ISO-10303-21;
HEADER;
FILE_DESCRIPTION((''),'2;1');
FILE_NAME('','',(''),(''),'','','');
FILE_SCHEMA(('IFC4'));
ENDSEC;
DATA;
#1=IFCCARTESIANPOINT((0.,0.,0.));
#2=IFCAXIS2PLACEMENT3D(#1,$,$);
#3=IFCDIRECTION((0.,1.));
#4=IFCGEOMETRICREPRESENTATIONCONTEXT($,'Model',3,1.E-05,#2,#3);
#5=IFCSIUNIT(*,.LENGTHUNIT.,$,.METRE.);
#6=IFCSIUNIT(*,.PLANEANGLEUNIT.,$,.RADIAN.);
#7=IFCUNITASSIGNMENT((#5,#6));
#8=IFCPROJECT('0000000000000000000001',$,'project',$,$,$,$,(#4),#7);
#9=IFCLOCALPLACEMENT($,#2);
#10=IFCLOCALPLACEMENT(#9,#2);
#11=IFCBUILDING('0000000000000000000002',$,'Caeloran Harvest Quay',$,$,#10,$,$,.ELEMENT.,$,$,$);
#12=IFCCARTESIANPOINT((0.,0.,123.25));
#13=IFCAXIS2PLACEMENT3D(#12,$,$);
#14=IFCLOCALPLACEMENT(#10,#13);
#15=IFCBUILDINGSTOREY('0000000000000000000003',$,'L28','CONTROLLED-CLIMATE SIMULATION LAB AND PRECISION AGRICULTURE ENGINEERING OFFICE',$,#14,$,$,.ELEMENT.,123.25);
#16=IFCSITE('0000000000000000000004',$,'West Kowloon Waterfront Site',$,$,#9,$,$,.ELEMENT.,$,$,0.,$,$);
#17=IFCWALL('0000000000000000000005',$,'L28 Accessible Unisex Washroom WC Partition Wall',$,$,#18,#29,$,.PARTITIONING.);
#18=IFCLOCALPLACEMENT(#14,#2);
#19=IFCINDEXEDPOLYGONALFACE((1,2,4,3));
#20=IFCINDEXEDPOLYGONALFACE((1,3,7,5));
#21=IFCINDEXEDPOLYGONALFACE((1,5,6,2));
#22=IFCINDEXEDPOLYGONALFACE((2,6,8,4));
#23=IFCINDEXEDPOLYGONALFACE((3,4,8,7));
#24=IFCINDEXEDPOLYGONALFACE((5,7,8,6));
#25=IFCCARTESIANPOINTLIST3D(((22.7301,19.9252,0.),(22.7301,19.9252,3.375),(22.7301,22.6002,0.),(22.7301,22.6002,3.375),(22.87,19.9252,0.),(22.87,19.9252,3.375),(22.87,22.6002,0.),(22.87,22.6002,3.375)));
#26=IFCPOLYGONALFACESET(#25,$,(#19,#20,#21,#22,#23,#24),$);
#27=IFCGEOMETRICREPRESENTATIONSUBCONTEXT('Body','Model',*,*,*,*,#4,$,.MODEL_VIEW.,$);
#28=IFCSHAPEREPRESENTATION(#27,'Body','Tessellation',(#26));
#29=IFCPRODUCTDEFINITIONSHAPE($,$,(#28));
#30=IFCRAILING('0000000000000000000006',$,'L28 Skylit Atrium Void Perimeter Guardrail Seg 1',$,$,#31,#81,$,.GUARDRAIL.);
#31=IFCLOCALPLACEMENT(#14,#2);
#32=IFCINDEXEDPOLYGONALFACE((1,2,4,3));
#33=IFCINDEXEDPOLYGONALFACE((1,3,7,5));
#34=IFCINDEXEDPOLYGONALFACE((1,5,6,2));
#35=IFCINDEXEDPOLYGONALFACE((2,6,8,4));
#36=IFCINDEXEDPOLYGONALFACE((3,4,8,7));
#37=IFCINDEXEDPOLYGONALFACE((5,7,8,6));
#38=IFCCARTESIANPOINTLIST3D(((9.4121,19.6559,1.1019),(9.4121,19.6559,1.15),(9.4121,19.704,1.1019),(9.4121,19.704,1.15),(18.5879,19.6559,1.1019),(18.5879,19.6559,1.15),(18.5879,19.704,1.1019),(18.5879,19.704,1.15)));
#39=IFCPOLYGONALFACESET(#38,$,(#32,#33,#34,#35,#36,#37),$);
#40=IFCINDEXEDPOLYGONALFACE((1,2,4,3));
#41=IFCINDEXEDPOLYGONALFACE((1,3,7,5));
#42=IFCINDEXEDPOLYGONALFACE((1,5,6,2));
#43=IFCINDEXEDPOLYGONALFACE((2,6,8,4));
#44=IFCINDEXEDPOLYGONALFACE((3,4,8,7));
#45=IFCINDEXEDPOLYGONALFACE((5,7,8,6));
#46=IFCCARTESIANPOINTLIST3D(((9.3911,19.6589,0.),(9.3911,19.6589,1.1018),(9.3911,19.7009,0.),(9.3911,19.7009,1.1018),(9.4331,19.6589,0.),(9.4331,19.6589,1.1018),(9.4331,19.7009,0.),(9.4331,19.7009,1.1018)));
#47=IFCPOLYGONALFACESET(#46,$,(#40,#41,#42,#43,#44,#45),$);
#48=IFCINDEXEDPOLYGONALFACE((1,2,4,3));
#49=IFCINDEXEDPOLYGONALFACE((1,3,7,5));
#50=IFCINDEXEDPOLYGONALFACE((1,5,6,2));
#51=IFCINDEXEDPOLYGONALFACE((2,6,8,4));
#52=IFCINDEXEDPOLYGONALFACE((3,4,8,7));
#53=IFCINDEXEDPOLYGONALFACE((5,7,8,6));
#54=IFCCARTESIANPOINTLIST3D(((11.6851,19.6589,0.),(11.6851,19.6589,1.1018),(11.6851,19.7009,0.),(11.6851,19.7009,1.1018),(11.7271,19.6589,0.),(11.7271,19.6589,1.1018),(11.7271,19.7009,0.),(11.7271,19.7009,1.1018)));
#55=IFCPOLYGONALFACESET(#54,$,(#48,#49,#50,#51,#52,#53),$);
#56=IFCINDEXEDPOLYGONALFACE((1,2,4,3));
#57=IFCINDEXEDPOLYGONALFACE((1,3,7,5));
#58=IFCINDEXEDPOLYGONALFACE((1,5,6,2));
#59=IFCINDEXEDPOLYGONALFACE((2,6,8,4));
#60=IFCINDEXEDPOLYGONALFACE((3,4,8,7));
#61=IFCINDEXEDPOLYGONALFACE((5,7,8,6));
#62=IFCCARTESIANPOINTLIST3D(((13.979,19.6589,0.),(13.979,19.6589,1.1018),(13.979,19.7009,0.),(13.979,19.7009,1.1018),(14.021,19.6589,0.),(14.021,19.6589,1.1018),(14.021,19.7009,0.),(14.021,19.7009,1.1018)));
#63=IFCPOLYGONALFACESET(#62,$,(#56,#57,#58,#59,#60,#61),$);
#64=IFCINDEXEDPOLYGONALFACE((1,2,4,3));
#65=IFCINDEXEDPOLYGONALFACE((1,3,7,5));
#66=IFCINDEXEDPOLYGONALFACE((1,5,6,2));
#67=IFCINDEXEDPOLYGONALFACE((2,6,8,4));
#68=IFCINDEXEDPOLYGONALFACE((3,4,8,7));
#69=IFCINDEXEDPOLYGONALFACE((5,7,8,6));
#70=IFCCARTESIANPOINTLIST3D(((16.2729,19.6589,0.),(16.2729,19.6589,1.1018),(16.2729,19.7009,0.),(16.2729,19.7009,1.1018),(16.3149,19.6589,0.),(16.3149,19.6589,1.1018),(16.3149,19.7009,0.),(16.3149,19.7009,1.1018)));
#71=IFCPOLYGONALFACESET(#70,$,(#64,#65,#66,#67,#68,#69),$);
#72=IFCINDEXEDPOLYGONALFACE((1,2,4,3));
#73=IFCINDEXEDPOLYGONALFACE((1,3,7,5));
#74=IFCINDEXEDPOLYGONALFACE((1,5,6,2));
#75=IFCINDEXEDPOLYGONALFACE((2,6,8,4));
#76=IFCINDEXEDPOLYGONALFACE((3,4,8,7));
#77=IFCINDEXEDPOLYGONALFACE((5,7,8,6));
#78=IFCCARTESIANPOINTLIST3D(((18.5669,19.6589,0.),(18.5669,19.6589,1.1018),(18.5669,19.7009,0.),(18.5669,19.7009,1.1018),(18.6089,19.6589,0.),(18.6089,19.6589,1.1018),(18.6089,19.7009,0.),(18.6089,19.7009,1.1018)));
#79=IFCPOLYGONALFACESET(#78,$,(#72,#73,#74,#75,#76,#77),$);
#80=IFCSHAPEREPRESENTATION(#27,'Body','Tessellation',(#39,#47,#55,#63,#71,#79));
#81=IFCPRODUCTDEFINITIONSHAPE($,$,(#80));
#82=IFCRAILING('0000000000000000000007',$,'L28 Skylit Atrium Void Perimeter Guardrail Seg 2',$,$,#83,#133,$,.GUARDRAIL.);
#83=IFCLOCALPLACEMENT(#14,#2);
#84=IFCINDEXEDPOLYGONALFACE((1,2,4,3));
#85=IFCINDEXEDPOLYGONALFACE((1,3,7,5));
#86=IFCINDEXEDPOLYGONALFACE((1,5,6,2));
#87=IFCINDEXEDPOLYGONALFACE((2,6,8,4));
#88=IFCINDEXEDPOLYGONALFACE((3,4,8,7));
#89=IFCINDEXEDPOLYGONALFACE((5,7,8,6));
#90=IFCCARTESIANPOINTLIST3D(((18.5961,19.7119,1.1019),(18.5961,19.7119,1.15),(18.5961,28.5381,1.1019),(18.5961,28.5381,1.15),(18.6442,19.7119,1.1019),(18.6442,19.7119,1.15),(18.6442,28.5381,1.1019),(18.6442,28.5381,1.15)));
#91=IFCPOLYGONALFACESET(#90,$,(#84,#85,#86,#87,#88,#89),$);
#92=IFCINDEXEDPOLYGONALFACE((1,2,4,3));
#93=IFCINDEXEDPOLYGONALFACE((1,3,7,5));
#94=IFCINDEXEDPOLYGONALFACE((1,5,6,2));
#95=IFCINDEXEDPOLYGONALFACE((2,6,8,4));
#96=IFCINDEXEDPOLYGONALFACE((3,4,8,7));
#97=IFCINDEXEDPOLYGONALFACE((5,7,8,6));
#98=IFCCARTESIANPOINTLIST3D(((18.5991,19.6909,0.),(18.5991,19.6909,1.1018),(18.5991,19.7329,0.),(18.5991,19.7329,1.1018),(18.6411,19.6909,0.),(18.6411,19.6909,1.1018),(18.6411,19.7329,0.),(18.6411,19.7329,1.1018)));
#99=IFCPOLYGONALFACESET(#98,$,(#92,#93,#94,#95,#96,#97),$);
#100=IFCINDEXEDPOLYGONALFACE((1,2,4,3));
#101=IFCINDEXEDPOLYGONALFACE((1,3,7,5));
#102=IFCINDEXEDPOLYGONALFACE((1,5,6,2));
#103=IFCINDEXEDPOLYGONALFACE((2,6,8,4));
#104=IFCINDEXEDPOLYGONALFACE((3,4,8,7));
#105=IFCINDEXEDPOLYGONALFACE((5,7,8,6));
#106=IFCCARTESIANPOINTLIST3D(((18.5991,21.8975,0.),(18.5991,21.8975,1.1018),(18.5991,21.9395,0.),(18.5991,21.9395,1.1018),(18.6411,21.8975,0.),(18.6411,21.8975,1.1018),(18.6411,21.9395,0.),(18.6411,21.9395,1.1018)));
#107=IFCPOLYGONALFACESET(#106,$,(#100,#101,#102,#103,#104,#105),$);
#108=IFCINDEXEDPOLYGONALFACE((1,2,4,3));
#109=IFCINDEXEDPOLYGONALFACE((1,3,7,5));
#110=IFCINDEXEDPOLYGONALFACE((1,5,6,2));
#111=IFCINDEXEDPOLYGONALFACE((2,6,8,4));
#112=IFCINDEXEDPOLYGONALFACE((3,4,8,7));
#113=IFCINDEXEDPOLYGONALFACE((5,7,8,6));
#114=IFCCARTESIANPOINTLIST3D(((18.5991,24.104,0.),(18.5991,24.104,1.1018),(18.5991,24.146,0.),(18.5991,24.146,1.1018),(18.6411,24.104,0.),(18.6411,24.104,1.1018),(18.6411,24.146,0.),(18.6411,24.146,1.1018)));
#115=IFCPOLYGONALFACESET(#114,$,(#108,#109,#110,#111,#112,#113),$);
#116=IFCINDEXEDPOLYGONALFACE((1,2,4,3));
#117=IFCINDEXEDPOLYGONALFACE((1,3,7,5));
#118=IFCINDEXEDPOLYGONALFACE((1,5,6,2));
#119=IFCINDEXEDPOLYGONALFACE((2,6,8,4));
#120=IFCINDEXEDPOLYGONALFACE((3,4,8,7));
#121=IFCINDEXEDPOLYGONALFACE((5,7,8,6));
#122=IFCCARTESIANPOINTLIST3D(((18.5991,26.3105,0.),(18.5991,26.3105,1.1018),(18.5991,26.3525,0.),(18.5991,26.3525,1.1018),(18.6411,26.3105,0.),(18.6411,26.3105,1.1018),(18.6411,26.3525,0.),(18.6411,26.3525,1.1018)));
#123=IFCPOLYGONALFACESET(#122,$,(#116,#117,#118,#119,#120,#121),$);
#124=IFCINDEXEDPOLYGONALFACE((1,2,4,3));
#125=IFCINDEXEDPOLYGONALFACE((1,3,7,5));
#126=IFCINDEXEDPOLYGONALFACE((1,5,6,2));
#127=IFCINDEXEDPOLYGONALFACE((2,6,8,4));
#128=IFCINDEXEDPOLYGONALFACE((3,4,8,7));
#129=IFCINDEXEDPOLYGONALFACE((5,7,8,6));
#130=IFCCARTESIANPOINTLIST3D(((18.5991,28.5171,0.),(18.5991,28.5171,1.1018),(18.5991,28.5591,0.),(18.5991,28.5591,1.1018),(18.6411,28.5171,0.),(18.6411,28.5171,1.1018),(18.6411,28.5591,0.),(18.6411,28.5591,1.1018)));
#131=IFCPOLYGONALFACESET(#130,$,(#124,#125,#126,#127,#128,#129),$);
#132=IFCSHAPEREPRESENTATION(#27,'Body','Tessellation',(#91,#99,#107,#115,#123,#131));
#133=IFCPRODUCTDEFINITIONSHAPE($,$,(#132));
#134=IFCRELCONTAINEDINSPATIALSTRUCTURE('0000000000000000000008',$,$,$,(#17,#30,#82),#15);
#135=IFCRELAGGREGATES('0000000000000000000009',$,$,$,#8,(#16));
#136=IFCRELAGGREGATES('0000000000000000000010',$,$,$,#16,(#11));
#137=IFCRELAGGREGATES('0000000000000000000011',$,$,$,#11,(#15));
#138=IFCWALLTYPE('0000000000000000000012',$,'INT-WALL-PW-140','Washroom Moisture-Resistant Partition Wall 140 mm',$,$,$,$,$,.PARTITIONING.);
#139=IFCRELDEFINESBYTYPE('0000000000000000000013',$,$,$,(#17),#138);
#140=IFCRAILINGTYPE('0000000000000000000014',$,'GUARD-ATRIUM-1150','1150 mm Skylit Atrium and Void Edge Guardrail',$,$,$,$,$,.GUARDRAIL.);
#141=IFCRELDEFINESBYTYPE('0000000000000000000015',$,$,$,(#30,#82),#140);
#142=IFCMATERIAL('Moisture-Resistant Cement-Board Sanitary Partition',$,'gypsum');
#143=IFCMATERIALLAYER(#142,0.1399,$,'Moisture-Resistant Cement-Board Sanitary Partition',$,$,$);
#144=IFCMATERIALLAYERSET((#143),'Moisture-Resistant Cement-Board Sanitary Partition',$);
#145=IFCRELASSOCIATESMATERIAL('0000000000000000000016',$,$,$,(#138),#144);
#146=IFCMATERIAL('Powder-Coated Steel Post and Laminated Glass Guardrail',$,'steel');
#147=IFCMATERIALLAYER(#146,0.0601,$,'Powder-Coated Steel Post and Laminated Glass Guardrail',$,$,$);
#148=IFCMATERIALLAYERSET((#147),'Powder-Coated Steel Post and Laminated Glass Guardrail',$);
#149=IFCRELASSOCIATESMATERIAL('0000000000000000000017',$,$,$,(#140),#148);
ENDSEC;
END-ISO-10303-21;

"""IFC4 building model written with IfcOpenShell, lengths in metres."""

from ifc_helpers import new_model, si_unit, direction, frame, frame_2d, origin, origin_2d, place, context, subcontext, project, spatial, rectangle, extrude, material, layer, layer_set, type_object, element, save


model = new_model("IFC4")

# Units and contexts
model_context = context("Model", 3, precision=1e-05, world=origin(), true_north=direction((0.0, 1.0)))
body_context = subcontext(model_context, "Body", "Model", "MODEL_VIEW")
ifc_project = project(units=[si_unit("LENGTHUNIT", "METRE"), si_unit("PLANEANGLEUNIT", "RADIAN")], contexts=[model_context])

# Site, building, storey
site_placement = place(None, origin())
site = spatial("IfcSite", under=ifc_project, at=site_placement, Name="West Kowloon Waterfront Site", CompositionType="ELEMENT", RefElevation=0.0)
building_placement = place(site_placement, origin())
building = spatial("IfcBuilding", under=site, at=building_placement, Name="Caeloran Harvest Quay", CompositionType="ELEMENT")
storey_placement = place(building_placement, frame((0.0, 0.0, 123.25)))
storey = spatial("IfcBuildingStorey", under=building, at=storey_placement, Name="L28", Description="CONTROLLED-CLIMATE SIMULATION LAB AND PRECISION AGRICULTURE ENGINEERING OFFICE", CompositionType="ELEMENT", Elevation=123.25)

# Shared definitions
ifc_material_1 = material(Name="Moisture-Resistant Cement-Board Sanitary Partition", Category="gypsum")
ifc_layer_1 = layer(ifc_material_1, 0.1399, Name="Moisture-Resistant Cement-Board Sanitary Partition")
ifc_layer_set_1 = layer_set([ifc_layer_1], Name="Moisture-Resistant Cement-Board Sanitary Partition")
wall_type_1 = type_object("IfcWallType", Name="INT-WALL-PW-140", Description="Washroom Moisture-Resistant Partition Wall 140 mm", PredefinedType="PARTITIONING", material=ifc_layer_set_1)

# Wall
wall_1_placement = place(storey_placement, frame((22.8, 22.6001, 0.0), z_axis=(0.0, 0.0, 1.0), x_axis=(0.0, -1.0, 0.0)))
element("IfcWall", 1, at=wall_1_placement, inside=storey, type_object=wall_type_1, Name="L28 Accessible Unisex Washroom WC Partition Wall", PredefinedType="PARTITIONING", context=body_context, shape_type="SweptSolid", body=[
    extrude(rectangle(XDim=2.675, YDim=0.1399, at=frame_2d((1.3374, 0.0))), origin(), (0.0, 0.0, 1.0), 3.375),
])

# Railings
ifc_material_2 = material(Name="Powder-Coated Steel Post and Laminated Glass Guardrail", Category="steel")
ifc_layer_2 = layer(ifc_material_2, 0.0601, Name="Powder-Coated Steel Post and Laminated Glass Guardrail")
ifc_layer_set_2 = layer_set([ifc_layer_2], Name="Powder-Coated Steel Post and Laminated Glass Guardrail")
railing_type = type_object("IfcRailingType", Name="GUARD-ATRIUM-1150", Description="1150 mm Skylit Atrium and Void Edge Guardrail", PredefinedType="GUARDRAIL", material=ifc_layer_set_2)
railing_1_placement = place(storey_placement, frame((9.4121, 19.6799, 0.0)))
element("IfcRailing", 2, at=railing_1_placement, inside=storey, type_object=railing_type, Name="L28 Skylit Atrium Void Perimeter Guardrail Seg 1", PredefinedType="GUARDRAIL", context=body_context, shape_type="SweptSolid", body=[
    extrude(rectangle(XDim=0.0481, YDim=0.0481, at=origin_2d()), frame((0.0, 0.0, 1.126), z_axis=(1.0, 0.0, 0.0), x_axis=(0.0, 1.0, 0.0)), (0.0, 0.0, 1.0), 9.1758),
    extrude(rectangle(XDim=0.042, YDim=0.042, at=origin_2d()), origin(), (0.0, 0.0, 1.0), 1.1018),
    extrude(rectangle(XDim=0.042, YDim=0.042, at=origin_2d()), frame((2.2939, 0.0, 0.0)), (0.0, 0.0, 1.0), 1.1018),
    extrude(rectangle(XDim=0.042, YDim=0.042, at=origin_2d()), frame((4.5879, 0.0, 0.0)), (0.0, 0.0, 1.0), 1.1018),
    extrude(rectangle(XDim=0.042, YDim=0.042, at=origin_2d()), frame((6.8818, 0.0, 0.0)), (0.0, 0.0, 1.0), 1.1018),
    extrude(rectangle(XDim=0.042, YDim=0.042, at=origin_2d()), frame((9.1758, 0.0, 0.0)), (0.0, 0.0, 1.0), 1.1018),
])
railing_2_placement = place(storey_placement, frame((18.6201, 19.7119, 0.0)))
element("IfcRailing", 3, at=railing_2_placement, inside=storey, type_object=railing_type, Name="L28 Skylit Atrium Void Perimeter Guardrail Seg 2", PredefinedType="GUARDRAIL", context=body_context, shape_type="SweptSolid", body=[
    extrude(rectangle(XDim=0.0481, YDim=0.0481, at=origin_2d()), frame((0.0, 0.0, 1.126), z_axis=(0.0, 1.0, 0.0), x_axis=(-1.0, 0.0, 0.0)), (0.0, 0.0, 1.0), 8.8262),
    extrude(rectangle(XDim=0.042, YDim=0.042, at=origin_2d()), origin(), (0.0, 0.0, 1.0), 1.1018),
    extrude(rectangle(XDim=0.042, YDim=0.042, at=origin_2d()), frame((0.0, 2.2065, 0.0)), (0.0, 0.0, 1.0), 1.1018),
    extrude(rectangle(XDim=0.042, YDim=0.042, at=origin_2d()), frame((0.0, 4.4131, 0.0)), (0.0, 0.0, 1.0), 1.1018),
    extrude(rectangle(XDim=0.042, YDim=0.042, at=origin_2d()), frame((0.0, 6.6196, 0.0)), (0.0, 0.0, 1.0), 1.1018),
    extrude(rectangle(XDim=0.042, YDim=0.042, at=origin_2d()), frame((0.0, 8.8262, 0.0)), (0.0, 0.0, 1.0), 1.1018),
])

save(model, "model.ifc")
